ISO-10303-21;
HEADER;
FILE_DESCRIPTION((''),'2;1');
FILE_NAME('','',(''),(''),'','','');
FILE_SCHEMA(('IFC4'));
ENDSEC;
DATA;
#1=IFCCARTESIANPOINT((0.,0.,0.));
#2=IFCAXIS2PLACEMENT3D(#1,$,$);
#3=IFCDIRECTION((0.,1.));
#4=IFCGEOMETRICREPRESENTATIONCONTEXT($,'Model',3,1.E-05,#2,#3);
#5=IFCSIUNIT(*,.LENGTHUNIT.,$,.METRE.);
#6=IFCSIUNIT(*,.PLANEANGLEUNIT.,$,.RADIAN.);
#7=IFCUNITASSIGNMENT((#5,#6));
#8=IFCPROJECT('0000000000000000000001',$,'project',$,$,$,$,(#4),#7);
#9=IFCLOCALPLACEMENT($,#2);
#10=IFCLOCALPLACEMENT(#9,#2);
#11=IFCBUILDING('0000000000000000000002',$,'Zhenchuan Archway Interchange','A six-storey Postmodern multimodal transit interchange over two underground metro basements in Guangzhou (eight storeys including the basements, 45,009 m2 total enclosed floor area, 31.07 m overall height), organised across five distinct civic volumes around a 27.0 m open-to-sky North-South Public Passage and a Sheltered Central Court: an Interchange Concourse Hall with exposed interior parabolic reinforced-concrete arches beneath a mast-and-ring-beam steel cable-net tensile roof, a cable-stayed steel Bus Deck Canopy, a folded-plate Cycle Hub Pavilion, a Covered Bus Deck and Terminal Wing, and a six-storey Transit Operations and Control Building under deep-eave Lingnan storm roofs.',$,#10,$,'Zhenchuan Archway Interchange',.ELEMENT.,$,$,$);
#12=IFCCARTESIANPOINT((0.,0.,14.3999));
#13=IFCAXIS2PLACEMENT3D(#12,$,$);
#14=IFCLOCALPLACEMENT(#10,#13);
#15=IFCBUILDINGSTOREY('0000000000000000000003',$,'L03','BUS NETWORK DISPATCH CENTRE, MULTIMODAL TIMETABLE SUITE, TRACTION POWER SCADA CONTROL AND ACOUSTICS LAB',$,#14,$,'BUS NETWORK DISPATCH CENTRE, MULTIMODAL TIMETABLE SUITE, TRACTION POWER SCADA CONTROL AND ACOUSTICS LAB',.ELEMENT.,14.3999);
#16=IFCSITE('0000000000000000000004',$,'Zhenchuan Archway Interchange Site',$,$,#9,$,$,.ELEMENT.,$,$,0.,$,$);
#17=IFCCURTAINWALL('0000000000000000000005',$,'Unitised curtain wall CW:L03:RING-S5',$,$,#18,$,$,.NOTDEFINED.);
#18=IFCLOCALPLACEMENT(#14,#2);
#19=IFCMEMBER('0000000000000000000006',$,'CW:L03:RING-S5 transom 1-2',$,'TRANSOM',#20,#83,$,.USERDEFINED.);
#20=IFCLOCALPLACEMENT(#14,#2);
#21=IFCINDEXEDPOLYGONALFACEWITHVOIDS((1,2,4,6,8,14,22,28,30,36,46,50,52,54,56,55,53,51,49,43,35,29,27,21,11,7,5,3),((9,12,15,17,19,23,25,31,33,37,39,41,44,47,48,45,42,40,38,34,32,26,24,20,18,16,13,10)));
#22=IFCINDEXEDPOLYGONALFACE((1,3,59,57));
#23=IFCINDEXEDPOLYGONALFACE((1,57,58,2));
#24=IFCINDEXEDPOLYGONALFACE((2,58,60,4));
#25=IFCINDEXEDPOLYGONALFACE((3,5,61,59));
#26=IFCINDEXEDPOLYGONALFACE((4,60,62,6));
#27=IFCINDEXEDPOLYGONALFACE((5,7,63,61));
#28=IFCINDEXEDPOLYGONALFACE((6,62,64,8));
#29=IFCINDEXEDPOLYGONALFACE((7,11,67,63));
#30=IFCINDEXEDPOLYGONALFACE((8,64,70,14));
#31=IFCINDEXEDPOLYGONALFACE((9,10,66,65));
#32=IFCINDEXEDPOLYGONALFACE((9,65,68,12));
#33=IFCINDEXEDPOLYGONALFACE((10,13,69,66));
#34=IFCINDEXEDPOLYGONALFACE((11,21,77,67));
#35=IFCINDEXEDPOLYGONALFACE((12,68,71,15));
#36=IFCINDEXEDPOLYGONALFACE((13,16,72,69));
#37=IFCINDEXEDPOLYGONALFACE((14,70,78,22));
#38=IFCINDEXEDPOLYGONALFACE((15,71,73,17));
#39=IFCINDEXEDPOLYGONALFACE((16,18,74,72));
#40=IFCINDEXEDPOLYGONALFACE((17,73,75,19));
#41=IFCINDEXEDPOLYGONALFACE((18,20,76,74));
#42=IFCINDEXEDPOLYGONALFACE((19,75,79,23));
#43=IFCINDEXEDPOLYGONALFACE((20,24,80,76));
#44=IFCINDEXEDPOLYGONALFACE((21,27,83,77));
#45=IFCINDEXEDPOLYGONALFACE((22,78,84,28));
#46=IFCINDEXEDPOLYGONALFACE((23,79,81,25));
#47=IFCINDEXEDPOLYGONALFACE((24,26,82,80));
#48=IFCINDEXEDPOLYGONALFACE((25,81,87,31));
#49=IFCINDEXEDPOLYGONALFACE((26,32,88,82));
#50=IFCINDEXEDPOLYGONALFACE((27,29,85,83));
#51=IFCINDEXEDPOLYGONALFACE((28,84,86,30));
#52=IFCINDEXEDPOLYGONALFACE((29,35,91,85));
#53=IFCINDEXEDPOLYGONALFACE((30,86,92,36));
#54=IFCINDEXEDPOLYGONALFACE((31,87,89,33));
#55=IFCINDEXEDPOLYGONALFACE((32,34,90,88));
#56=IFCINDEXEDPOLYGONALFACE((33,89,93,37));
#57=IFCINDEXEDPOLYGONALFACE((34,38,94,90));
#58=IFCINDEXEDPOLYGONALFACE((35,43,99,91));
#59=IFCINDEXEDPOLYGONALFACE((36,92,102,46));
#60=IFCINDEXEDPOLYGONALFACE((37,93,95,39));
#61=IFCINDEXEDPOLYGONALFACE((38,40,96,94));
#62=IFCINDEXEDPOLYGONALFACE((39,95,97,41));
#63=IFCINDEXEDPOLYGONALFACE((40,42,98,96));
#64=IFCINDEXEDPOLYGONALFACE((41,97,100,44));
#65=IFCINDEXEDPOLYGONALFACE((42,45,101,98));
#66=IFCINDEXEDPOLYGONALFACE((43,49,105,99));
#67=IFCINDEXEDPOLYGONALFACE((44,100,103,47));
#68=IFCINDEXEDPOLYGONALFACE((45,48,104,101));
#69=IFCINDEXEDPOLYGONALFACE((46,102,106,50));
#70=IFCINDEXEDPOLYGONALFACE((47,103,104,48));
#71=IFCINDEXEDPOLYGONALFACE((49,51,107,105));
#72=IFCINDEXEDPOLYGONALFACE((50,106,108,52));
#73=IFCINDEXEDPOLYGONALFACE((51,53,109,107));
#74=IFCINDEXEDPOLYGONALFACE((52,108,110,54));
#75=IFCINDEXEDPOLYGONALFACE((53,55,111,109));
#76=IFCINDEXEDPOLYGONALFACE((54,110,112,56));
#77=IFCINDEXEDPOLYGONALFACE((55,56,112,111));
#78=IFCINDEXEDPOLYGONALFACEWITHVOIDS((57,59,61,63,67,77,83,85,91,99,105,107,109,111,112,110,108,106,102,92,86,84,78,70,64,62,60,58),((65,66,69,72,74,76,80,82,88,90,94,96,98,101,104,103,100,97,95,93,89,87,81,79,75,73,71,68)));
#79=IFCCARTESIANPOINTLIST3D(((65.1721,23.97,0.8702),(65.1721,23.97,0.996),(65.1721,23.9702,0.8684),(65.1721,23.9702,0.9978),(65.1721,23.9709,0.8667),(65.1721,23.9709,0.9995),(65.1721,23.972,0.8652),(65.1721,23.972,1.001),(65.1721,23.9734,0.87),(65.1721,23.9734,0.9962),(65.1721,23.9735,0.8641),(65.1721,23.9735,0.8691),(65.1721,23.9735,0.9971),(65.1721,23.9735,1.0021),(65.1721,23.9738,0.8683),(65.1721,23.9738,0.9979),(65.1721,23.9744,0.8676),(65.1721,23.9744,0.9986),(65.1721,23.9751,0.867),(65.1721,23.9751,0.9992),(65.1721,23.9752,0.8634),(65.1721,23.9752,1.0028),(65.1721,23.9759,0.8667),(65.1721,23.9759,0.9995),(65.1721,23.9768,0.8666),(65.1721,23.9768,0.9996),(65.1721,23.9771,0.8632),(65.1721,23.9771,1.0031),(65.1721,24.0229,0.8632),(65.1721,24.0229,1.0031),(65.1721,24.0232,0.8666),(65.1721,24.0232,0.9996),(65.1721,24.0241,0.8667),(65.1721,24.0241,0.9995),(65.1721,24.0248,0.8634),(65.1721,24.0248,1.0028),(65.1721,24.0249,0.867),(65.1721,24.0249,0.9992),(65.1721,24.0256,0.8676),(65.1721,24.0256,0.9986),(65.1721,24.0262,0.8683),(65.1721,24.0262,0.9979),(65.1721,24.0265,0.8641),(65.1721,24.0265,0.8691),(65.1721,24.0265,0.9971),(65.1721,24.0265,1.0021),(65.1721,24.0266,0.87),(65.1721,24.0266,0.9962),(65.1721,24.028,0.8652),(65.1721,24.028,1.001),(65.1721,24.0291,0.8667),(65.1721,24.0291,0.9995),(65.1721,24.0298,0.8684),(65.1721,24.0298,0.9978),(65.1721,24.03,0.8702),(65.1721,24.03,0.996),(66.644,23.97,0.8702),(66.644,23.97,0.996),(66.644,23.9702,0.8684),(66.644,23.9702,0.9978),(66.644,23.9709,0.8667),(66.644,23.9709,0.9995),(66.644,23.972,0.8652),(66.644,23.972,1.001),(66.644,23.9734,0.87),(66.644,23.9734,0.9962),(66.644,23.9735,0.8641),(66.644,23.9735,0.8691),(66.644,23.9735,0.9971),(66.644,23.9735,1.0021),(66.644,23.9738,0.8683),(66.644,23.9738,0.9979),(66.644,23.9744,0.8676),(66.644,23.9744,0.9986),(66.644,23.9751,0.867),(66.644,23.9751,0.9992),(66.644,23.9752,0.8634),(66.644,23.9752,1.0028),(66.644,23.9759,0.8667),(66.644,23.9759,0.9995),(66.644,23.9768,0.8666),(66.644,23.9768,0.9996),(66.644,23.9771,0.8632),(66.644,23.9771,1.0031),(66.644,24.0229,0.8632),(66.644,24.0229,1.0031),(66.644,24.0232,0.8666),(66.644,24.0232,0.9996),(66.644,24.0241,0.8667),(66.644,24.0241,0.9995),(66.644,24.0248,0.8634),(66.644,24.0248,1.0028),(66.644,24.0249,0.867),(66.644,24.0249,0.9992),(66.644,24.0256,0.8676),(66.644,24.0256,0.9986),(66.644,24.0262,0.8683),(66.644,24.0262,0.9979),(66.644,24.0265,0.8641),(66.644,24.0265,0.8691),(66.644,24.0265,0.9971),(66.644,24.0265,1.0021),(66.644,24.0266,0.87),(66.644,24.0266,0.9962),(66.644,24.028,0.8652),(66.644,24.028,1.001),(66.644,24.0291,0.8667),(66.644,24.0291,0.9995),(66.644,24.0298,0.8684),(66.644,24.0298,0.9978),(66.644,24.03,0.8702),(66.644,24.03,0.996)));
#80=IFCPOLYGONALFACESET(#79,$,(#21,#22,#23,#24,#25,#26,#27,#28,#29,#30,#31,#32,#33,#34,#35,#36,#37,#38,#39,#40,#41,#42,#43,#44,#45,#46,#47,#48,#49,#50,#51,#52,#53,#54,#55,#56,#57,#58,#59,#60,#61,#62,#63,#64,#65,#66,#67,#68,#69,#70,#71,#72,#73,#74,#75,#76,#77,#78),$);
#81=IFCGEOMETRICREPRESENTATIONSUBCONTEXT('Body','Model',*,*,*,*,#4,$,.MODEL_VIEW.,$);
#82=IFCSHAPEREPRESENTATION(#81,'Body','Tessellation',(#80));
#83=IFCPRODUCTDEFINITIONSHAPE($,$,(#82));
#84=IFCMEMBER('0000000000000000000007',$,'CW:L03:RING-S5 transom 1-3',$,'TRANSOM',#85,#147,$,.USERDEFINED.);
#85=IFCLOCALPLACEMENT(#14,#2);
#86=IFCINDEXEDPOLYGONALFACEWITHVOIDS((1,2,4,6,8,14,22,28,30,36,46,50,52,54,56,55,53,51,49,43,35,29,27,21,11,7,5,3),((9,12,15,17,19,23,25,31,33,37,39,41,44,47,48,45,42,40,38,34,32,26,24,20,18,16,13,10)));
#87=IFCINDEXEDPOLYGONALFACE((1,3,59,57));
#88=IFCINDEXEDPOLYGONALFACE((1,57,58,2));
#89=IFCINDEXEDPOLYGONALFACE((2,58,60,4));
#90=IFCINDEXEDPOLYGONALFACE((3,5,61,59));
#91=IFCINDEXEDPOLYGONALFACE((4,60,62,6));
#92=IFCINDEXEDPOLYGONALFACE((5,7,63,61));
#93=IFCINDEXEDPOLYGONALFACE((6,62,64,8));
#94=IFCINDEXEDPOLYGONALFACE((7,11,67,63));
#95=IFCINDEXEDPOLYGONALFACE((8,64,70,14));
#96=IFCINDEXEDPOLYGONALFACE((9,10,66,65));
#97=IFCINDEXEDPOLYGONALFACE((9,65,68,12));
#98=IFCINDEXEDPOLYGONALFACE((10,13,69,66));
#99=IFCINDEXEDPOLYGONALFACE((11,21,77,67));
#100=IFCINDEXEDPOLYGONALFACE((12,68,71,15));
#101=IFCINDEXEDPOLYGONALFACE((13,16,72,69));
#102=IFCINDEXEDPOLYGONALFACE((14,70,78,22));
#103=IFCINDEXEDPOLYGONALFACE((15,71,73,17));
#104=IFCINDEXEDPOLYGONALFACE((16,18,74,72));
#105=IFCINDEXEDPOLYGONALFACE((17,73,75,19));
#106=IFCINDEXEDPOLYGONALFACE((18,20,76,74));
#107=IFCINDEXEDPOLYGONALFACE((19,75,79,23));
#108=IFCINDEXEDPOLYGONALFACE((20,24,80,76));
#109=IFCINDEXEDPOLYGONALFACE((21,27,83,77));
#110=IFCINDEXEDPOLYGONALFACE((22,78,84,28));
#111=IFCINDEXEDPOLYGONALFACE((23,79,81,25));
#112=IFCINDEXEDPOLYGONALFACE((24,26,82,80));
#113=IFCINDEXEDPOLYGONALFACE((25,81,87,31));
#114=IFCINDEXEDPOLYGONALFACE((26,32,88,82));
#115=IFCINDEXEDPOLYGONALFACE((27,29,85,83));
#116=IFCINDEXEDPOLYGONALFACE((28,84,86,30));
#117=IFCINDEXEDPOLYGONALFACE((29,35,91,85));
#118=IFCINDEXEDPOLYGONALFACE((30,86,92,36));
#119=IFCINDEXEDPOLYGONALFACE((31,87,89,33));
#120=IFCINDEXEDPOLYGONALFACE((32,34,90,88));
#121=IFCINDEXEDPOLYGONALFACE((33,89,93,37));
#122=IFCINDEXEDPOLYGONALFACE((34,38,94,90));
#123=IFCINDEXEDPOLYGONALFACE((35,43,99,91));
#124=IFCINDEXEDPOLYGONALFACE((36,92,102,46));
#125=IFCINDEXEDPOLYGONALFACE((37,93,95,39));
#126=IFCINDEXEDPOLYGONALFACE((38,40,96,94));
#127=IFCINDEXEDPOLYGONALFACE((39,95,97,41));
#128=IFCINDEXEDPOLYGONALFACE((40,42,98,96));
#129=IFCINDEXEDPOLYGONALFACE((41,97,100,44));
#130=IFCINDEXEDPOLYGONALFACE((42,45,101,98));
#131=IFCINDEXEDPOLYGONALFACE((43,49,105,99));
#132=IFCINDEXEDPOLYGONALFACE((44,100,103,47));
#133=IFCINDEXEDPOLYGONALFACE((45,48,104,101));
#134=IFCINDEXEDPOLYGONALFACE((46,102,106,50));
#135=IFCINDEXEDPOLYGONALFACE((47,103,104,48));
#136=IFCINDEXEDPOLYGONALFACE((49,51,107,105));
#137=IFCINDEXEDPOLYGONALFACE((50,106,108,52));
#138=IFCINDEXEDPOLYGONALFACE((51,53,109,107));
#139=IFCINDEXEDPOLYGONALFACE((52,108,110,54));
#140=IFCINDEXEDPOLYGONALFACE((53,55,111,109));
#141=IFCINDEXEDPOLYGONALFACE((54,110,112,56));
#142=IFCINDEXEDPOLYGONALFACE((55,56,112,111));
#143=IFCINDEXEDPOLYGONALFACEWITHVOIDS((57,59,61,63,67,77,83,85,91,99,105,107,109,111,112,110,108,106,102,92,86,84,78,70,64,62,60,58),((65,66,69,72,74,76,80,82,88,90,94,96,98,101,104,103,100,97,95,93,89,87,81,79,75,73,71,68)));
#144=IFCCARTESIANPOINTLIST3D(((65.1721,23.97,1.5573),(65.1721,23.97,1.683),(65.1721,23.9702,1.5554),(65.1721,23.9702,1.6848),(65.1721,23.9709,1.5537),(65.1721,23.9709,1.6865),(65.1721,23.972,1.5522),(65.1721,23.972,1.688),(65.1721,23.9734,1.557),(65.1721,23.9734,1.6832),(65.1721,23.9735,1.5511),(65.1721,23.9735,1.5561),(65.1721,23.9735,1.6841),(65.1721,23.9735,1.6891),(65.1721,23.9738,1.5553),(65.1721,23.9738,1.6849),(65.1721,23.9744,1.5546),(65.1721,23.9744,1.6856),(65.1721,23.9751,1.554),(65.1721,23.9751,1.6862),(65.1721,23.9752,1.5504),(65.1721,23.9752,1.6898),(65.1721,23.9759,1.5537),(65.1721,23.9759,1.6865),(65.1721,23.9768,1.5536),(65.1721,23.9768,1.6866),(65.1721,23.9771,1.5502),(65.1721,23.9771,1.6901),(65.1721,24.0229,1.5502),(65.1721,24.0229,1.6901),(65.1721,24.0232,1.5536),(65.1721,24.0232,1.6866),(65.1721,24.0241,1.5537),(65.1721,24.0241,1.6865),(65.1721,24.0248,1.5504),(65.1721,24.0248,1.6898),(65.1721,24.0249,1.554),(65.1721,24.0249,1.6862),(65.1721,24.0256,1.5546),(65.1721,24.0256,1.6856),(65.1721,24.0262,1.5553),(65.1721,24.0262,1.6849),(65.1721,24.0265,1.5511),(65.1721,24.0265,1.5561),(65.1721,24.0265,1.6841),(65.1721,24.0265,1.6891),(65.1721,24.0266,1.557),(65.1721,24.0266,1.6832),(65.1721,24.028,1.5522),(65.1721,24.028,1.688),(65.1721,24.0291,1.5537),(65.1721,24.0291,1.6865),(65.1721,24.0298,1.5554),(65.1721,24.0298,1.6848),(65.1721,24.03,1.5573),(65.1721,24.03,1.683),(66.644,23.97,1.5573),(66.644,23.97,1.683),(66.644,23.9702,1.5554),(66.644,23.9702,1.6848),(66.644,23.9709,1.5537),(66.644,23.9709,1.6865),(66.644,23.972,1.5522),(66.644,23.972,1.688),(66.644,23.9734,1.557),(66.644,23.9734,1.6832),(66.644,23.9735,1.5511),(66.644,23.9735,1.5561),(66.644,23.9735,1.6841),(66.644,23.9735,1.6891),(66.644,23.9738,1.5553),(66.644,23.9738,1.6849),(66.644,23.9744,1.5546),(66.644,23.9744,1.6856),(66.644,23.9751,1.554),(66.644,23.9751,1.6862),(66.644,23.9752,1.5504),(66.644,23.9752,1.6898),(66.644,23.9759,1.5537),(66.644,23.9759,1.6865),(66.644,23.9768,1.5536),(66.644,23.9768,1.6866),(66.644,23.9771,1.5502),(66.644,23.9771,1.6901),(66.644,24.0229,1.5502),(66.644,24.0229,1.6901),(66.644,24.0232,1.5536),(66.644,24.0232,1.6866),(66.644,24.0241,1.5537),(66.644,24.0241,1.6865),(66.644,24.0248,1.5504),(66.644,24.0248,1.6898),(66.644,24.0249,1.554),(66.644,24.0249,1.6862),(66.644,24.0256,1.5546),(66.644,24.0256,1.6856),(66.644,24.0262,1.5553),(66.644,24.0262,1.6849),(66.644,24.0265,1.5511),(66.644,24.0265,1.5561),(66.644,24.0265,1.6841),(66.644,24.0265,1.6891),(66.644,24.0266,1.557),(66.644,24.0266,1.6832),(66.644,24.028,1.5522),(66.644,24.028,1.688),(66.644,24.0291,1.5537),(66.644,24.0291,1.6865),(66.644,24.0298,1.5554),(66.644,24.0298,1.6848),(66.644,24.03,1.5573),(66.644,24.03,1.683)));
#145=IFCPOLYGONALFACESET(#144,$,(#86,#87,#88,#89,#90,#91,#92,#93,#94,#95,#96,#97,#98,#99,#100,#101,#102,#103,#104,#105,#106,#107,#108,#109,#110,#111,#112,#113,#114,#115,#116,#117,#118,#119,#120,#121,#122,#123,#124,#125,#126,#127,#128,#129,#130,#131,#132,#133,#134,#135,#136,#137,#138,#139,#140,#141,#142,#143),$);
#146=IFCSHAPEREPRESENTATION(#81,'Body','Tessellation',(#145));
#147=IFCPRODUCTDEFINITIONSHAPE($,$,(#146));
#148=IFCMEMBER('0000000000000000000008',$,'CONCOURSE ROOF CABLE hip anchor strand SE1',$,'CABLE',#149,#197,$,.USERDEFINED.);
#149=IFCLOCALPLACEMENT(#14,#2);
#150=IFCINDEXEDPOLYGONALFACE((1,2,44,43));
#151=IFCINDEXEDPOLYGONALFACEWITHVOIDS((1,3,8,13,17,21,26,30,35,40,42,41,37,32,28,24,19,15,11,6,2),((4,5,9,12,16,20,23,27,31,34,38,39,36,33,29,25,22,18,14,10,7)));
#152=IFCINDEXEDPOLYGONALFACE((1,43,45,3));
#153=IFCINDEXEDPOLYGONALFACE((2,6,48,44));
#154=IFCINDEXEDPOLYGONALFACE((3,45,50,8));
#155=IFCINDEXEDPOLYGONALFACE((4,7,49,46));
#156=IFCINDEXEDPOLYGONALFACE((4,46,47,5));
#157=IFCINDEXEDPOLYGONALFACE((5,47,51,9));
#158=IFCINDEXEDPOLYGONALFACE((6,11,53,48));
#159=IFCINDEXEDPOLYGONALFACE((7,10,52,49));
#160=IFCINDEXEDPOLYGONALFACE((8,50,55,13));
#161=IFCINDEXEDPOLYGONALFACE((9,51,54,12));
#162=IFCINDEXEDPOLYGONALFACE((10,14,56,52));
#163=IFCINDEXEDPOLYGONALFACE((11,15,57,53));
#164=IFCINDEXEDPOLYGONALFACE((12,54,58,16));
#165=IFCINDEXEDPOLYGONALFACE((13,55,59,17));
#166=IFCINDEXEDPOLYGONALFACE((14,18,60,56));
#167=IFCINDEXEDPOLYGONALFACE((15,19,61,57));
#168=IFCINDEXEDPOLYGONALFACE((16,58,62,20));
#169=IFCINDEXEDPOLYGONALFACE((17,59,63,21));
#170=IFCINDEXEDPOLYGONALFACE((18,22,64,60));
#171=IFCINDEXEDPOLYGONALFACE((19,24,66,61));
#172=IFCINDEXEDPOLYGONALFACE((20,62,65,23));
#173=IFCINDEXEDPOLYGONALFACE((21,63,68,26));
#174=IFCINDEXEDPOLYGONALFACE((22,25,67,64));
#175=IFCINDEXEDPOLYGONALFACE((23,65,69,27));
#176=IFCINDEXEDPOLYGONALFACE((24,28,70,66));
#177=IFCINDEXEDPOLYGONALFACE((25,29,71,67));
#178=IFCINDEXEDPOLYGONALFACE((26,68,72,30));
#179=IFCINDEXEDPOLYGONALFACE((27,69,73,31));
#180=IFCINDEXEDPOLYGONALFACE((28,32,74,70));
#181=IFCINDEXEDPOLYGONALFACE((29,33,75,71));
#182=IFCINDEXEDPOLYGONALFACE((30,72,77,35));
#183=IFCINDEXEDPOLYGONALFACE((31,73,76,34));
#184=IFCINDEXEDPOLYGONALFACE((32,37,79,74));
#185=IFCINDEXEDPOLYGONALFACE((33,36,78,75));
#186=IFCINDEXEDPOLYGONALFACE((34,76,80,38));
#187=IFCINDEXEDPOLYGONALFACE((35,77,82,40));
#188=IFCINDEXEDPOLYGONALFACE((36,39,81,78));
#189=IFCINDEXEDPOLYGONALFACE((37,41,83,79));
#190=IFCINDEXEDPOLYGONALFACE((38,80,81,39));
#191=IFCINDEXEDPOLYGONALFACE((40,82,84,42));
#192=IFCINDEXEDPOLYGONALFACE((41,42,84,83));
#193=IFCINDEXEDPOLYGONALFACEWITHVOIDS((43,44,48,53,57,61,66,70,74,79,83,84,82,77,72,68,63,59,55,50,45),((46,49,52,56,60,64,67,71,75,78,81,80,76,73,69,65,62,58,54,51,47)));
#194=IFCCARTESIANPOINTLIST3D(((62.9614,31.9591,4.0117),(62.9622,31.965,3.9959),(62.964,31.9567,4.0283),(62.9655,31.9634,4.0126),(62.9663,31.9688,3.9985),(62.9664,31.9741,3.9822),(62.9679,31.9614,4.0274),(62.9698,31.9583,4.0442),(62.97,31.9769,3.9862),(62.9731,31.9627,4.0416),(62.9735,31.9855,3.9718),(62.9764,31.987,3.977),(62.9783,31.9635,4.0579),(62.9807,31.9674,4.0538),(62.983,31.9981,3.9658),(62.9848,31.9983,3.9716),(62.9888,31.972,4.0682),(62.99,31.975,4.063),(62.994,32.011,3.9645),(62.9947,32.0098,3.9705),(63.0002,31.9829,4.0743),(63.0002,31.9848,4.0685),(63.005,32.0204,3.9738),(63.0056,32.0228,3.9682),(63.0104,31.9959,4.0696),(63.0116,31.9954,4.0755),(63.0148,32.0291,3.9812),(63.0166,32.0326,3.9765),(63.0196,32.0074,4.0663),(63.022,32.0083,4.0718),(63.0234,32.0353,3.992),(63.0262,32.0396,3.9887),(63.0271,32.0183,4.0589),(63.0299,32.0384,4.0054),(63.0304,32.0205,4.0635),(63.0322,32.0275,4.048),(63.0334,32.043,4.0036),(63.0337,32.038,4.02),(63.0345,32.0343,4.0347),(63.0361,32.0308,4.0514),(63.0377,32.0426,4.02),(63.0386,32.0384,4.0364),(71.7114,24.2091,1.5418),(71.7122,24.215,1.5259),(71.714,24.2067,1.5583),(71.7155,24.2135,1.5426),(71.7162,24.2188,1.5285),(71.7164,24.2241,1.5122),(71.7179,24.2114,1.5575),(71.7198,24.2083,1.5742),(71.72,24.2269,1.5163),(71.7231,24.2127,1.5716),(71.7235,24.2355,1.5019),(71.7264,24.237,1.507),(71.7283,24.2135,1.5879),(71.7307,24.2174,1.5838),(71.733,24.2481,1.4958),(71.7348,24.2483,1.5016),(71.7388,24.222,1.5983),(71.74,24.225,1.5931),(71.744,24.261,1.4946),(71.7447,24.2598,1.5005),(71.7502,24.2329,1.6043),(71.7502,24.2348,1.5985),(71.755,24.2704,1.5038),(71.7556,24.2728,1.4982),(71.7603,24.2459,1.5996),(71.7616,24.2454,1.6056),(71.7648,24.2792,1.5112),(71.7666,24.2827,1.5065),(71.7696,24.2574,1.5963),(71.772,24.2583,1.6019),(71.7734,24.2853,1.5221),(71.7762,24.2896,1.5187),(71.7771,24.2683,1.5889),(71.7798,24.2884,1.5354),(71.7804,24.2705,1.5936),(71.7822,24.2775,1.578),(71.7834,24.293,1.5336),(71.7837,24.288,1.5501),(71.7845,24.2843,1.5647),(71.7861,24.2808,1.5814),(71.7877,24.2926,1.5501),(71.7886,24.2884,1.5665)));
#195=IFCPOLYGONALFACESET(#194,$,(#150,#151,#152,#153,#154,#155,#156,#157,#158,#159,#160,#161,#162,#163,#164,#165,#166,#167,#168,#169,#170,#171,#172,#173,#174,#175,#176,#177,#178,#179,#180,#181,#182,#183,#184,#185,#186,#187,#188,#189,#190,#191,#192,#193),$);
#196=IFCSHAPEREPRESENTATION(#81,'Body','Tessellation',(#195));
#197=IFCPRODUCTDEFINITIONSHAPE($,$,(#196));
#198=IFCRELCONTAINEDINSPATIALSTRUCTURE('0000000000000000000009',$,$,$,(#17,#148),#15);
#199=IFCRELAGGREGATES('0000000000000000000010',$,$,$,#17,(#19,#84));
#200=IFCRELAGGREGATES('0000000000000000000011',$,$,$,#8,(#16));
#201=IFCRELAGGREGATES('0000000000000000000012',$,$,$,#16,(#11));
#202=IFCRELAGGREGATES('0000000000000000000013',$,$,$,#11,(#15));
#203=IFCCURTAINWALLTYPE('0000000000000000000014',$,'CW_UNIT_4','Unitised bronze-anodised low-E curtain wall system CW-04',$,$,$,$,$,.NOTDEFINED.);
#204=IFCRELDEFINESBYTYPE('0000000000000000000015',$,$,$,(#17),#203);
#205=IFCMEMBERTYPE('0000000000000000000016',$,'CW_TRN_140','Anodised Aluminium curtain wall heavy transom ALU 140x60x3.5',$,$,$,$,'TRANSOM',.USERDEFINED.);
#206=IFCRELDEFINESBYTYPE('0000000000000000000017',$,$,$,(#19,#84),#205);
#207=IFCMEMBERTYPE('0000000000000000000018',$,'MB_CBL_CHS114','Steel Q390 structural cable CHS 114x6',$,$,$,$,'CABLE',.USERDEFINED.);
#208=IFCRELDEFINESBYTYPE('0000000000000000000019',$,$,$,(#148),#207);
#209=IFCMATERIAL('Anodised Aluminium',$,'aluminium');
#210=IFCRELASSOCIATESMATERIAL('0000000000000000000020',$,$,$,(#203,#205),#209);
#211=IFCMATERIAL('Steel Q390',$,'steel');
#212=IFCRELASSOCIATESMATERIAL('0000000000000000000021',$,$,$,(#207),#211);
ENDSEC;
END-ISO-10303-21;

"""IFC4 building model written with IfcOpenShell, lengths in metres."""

from ifc_helpers import new_model, si_unit, direction, frame, origin, origin_2d, place, context, subcontext, project, spatial, hollow_rectangle, hollow_circle, extrude, material, material_profile, profile_set, type_object, element, aggregate, save


model = new_model("IFC4")

# Units and contexts
model_context = context("Model", 3, precision=1e-05, world=origin(), true_north=direction((0.0, 1.0)))
body_context = subcontext(model_context, "Body", "Model", "MODEL_VIEW")
ifc_project = project(units=[si_unit("LENGTHUNIT", "METRE"), si_unit("PLANEANGLEUNIT", "RADIAN")], contexts=[model_context])

# Site, building, storey
site_placement = place(None, origin())
site = spatial("IfcSite", under=ifc_project, at=site_placement, Name="Zhenchuan Archway Interchange Site", CompositionType="ELEMENT", RefElevation=0.0)
building_placement = place(site_placement, origin())
building = spatial("IfcBuilding", under=site, at=building_placement, Name="Zhenchuan Archway Interchange", Description="A six-storey Postmodern multimodal transit interchange over two underground metro basements in Guangzhou (eight storeys including the basements, 45,009 m2 total enclosed floor area, 31.07 m overall height), organised across five distinct civic volumes around a 27.0 m open-to-sky North-South Public Passage and a Sheltered Central Court: an Interchange Concourse Hall with exposed interior parabolic reinforced-concrete arches beneath a mast-and-ring-beam steel cable-net tensile roof, a cable-stayed steel Bus Deck Canopy, a folded-plate Cycle Hub Pavilion, a Covered Bus Deck and Terminal Wing, and a six-storey Transit Operations and Control Building under deep-eave Lingnan storm roofs.", LongName="Zhenchuan Archway Interchange", CompositionType="ELEMENT")
storey_placement = place(building_placement, frame((0.0, 0.0, 14.3999)))
storey = spatial("IfcBuildingStorey", under=building, at=storey_placement, Name="L03", Description="BUS NETWORK DISPATCH CENTRE, MULTIMODAL TIMETABLE SUITE, TRACTION POWER SCADA CONTROL AND ACOUSTICS LAB", LongName="BUS NETWORK DISPATCH CENTRE, MULTIMODAL TIMETABLE SUITE, TRACTION POWER SCADA CONTROL AND ACOUSTICS LAB", CompositionType="ELEMENT", Elevation=14.3999)

# Shared definitions
ifc_material_1 = material(Name="Steel Q390", Category="steel")

# Curtain wall, members
ifc_material_2 = material(Name="Anodised Aluminium", Category="aluminium")
curtain_wall_type = type_object("IfcCurtainWallType", Name="CW_UNIT_4", Description="Unitised bronze-anodised low-E curtain wall system CW-04", PredefinedType="NOTDEFINED", material=ifc_material_2)
curtain_wall_placement = place(storey_placement, origin())
curtain_wall = element("IfcCurtainWall", 1, at=curtain_wall_placement, inside=storey, type_object=curtain_wall_type, Name="Unitised curtain wall CW:L03:RING-S5", PredefinedType="NOTDEFINED")
ifc_material_profile_1 = material_profile(ifc_material_2, hollow_rectangle(XDim=0.0601, YDim=0.1399, WallThickness=0.0034, InnerFilletRadius=0.0034, OuterFilletRadius=0.0071, at=origin_2d()), Name="ALU 140x60x3.5")
ifc_profile_set_1 = profile_set([ifc_material_profile_1], Name="Anodised Aluminium")
member_type_1 = type_object("IfcMemberType", Name="CW_TRN_140", Description="Anodised Aluminium curtain wall heavy transom ALU 140x60x3.5", ElementType="TRANSOM", PredefinedType="USERDEFINED", material=ifc_profile_set_1)
member_1_placement = place(storey_placement, frame((65.1721, 24.0, 0.9331), z_axis=(1.0, 0.0, 0.0), x_axis=(0.0, 1.0, 0.0)))
member_1 = element("IfcMember", 2, at=member_1_placement, type_object=member_type_1, Name="CW:L03:RING-S5 transom 1-2", ObjectType="TRANSOM", PredefinedType="USERDEFINED", context=body_context, shape_type="SweptSolid", body=[
    extrude(hollow_rectangle(XDim=0.0601, YDim=0.1399, WallThickness=0.0034, InnerFilletRadius=0.0034, OuterFilletRadius=0.0071, at=origin_2d()), origin(), (0.0, 0.0, 1.0), 1.4719),
])
member_2_placement = place(storey_placement, frame((65.1721, 24.0, 1.6201), z_axis=(1.0, 0.0, 0.0), x_axis=(0.0, 1.0, 0.0)))
member_2 = element("IfcMember", 3, at=member_2_placement, type_object=member_type_1, Name="CW:L03:RING-S5 transom 1-3", ObjectType="TRANSOM", PredefinedType="USERDEFINED", context=body_context, shape_type="SweptSolid", body=[
    extrude(hollow_rectangle(XDim=0.0601, YDim=0.1399, WallThickness=0.0034, InnerFilletRadius=0.0034, OuterFilletRadius=0.0071, at=origin_2d()), origin(), (0.0, 0.0, 1.0), 1.4719),
])

# Member
ifc_material_profile_2 = material_profile(ifc_material_1, hollow_circle(Radius=0.0569, WallThickness=0.0061, at=origin_2d()), Name="CHS 114x6")
ifc_profile_set_2 = profile_set([ifc_material_profile_2], Name="Steel Q390")
member_type_2 = type_object("IfcMemberType", Name="MB_CBL_CHS114", Description="Steel Q390 structural cable CHS 114x6", ElementType="CABLE", PredefinedType="USERDEFINED", material=ifc_profile_set_2)
member_3_placement = place(storey_placement, frame((63.0, 32.0, 4.02), z_axis=(0.732414, -0.64871, -0.206748), x_axis=(0.663035, 0.748588, 0.0)))
element("IfcMember", 4, at=member_3_placement, inside=storey, type_object=member_type_2, Name="CONCOURSE ROOF CABLE hip anchor strand SE1", ObjectType="CABLE", PredefinedType="USERDEFINED", context=body_context, shape_type="SweptSolid", body=[
    extrude(hollow_circle(Radius=0.0569, WallThickness=0.0061, at=origin_2d()), origin(), (0.0, 0.0, 1.0), 11.9468),
])

aggregate(curtain_wall, [member_1, member_2])

save(model, "model.ifc")
